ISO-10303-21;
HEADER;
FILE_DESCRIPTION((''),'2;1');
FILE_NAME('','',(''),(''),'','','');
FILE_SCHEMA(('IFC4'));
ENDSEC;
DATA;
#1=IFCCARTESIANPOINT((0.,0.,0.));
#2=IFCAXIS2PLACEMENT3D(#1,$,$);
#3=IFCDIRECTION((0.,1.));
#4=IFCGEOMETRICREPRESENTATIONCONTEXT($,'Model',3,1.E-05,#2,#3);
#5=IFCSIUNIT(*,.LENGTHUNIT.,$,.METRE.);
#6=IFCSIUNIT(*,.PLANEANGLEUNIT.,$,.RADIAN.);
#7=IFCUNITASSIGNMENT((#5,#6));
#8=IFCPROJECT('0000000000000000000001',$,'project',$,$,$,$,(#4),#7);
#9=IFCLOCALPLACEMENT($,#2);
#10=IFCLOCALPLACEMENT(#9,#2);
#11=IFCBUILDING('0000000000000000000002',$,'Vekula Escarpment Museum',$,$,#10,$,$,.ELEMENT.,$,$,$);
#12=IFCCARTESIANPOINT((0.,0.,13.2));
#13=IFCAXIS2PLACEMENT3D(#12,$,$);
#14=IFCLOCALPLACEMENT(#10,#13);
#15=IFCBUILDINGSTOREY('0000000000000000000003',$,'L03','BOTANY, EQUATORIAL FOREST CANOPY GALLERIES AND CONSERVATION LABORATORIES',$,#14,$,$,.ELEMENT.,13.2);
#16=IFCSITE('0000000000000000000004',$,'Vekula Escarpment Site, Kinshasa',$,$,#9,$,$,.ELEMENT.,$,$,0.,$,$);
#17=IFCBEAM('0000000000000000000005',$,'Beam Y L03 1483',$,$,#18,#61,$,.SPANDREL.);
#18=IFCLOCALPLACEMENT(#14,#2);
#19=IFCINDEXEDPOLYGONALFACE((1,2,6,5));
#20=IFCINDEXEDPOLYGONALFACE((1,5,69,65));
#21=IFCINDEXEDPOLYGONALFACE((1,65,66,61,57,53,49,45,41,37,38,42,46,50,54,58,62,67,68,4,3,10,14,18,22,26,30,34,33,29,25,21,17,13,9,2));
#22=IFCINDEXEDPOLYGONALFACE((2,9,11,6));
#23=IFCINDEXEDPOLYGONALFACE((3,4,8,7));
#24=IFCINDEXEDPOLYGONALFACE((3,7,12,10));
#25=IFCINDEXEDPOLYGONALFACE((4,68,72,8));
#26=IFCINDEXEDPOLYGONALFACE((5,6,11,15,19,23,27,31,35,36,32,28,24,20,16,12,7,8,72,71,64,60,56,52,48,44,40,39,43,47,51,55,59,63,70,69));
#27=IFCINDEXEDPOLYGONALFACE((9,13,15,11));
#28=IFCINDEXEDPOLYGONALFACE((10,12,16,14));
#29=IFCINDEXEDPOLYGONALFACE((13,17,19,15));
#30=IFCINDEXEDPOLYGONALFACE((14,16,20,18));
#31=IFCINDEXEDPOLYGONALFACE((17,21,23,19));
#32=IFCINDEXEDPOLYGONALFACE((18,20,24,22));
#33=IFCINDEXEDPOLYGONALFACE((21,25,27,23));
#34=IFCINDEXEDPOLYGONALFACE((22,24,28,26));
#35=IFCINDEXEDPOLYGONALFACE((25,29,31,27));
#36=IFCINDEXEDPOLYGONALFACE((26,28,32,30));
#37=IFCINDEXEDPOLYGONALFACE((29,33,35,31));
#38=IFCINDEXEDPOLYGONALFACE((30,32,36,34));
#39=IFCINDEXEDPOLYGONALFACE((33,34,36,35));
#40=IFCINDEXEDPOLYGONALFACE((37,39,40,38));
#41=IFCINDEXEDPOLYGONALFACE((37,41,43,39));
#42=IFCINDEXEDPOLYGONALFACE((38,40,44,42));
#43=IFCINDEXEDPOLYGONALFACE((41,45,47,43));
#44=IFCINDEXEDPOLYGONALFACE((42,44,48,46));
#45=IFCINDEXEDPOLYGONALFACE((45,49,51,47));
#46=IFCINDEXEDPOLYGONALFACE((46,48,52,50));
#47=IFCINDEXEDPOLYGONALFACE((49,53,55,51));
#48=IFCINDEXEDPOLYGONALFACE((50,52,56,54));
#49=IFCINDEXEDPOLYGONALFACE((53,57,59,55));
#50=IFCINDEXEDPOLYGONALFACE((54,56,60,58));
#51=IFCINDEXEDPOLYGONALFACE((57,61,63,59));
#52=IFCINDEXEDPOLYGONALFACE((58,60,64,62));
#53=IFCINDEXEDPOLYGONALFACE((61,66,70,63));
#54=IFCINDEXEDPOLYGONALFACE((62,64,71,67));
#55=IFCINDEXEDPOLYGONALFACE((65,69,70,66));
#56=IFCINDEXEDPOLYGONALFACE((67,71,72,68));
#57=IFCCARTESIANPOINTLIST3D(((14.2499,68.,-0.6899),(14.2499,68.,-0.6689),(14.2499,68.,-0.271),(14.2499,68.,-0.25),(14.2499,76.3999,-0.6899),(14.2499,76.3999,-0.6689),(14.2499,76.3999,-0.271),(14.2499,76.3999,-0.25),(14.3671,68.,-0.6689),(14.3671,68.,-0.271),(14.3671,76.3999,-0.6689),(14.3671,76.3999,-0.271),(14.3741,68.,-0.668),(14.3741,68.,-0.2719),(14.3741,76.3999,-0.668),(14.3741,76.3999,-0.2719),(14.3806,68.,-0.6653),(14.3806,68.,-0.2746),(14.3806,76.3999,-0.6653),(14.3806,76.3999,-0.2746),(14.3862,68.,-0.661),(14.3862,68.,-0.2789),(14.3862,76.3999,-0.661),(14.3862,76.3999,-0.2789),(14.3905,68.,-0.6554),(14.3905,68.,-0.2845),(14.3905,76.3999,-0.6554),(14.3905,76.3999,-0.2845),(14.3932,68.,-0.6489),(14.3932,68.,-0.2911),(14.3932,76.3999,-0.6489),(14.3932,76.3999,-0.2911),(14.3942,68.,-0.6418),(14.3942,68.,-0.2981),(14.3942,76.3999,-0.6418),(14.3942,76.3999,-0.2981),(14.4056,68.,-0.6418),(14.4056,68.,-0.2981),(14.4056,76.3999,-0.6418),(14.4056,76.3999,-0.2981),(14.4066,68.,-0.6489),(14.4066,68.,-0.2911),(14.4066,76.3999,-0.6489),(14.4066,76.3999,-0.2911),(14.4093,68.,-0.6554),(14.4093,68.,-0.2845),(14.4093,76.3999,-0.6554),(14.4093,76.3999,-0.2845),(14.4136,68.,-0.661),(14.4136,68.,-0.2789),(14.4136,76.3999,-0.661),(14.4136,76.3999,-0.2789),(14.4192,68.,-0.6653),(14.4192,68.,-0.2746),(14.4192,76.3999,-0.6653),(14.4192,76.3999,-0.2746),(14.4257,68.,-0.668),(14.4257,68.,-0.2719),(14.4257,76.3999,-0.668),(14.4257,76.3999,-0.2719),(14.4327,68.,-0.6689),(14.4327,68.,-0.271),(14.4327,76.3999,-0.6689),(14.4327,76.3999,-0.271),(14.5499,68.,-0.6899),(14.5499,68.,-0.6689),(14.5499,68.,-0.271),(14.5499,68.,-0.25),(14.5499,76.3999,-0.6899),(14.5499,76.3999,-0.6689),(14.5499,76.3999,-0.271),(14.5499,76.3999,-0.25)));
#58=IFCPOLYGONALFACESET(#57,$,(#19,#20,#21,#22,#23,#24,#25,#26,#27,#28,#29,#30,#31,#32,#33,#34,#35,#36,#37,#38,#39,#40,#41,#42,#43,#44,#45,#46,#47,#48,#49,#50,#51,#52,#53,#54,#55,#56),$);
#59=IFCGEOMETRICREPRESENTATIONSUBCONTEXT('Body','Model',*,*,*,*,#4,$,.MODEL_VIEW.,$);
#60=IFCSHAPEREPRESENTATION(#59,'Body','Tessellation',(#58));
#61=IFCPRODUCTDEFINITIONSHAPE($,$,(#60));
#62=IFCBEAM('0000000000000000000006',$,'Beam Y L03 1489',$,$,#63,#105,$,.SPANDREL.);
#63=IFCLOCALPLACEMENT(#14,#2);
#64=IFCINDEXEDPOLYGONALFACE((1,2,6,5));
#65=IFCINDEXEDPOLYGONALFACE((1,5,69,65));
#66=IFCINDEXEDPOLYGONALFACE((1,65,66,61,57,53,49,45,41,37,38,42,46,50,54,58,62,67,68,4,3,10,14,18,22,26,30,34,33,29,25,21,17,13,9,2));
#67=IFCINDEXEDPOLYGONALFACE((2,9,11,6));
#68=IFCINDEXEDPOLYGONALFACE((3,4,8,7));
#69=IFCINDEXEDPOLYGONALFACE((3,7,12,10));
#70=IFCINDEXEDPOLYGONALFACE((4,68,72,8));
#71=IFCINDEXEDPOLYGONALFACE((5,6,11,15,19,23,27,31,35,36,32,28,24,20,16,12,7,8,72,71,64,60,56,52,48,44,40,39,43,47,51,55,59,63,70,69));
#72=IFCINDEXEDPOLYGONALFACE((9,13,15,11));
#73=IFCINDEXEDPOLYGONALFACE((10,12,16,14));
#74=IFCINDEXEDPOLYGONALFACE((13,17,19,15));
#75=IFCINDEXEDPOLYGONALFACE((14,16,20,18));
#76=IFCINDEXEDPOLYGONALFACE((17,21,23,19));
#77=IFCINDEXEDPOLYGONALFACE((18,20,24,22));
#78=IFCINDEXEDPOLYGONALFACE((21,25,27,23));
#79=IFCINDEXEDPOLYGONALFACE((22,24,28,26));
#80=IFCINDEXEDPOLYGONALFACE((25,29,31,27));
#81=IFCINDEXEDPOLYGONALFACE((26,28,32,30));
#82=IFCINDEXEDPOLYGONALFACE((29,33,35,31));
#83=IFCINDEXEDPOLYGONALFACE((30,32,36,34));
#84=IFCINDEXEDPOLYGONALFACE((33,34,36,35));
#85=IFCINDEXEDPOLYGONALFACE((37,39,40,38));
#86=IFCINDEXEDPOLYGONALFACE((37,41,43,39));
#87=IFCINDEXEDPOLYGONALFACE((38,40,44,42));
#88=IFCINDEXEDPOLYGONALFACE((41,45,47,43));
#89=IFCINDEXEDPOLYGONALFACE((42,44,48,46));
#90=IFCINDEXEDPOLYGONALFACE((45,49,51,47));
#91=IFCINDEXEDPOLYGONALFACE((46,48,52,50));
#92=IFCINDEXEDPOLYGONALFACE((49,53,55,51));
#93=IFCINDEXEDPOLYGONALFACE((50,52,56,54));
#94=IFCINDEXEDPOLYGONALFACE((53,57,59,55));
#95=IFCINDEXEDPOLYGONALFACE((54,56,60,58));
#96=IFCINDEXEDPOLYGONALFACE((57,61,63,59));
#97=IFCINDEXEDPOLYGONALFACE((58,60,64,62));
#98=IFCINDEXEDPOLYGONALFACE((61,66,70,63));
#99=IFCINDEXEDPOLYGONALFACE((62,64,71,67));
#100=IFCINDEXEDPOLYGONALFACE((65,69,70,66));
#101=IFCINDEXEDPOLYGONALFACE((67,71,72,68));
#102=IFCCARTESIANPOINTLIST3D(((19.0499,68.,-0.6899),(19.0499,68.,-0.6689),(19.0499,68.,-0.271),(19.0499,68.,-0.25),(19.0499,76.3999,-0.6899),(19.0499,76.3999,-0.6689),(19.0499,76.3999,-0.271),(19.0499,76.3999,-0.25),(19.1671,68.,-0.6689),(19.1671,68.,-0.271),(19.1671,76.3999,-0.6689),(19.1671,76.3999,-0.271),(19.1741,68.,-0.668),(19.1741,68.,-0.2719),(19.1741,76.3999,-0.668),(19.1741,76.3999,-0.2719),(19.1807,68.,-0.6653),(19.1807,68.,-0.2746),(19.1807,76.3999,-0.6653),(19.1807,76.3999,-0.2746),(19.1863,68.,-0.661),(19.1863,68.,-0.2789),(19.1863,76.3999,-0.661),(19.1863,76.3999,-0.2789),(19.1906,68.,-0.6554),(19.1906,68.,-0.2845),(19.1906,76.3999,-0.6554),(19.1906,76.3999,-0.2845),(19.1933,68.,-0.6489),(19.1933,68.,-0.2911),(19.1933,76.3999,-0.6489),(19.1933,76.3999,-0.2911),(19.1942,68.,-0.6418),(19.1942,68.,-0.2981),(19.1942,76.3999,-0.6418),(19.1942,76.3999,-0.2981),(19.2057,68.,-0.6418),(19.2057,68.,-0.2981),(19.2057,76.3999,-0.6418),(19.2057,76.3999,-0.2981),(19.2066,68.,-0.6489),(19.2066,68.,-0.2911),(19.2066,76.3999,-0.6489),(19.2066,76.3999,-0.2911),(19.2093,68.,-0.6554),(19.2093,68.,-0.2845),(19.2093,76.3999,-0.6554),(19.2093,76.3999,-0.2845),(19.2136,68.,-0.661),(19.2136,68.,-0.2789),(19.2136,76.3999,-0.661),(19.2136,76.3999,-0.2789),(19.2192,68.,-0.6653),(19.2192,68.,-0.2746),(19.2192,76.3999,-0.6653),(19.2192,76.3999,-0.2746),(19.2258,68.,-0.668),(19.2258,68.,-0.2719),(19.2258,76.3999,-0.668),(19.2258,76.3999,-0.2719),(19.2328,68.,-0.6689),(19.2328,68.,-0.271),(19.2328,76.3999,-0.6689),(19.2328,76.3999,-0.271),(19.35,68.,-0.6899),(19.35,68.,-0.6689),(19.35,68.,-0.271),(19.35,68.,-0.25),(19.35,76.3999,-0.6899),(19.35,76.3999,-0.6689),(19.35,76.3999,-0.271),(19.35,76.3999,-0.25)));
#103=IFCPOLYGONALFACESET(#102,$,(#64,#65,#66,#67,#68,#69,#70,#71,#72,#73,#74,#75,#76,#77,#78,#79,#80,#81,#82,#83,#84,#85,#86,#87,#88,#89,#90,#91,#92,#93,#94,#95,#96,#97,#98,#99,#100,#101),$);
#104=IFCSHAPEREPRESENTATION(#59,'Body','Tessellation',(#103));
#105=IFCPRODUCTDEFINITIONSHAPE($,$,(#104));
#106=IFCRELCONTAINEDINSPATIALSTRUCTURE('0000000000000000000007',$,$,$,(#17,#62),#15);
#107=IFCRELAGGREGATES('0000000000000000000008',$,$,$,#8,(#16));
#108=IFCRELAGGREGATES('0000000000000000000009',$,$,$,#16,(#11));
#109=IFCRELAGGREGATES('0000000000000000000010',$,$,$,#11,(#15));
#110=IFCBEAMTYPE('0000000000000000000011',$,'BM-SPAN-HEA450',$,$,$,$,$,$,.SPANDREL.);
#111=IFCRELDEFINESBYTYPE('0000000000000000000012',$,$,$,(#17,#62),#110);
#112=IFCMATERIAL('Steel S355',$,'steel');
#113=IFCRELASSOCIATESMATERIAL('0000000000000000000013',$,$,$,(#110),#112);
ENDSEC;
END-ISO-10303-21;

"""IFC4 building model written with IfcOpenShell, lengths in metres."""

from ifc_helpers import new_model, si_unit, direction, frame, origin, origin_2d, place, context, subcontext, project, spatial, i_section, extrude, material, material_profile, profile_set, type_object, element, save


model = new_model("IFC4")

# Units and contexts
model_context = context("Model", 3, precision=1e-05, world=origin(), true_north=direction((0.0, 1.0)))
body_context = subcontext(model_context, "Body", "Model", "MODEL_VIEW")
ifc_project = project(units=[si_unit("LENGTHUNIT", "METRE"), si_unit("PLANEANGLEUNIT", "RADIAN")], contexts=[model_context])

# Site, building, storey
site_placement = place(None, origin())
site = spatial("IfcSite", under=ifc_project, at=site_placement, Name="Vekula Escarpment Site, Kinshasa", CompositionType="ELEMENT", RefElevation=0.0)
building_placement = place(site_placement, origin())
building = spatial("IfcBuilding", under=site, at=building_placement, Name="Vekula Escarpment Museum", CompositionType="ELEMENT")
storey_placement = place(building_placement, frame((0.0, 0.0, 13.2)))
storey = spatial("IfcBuildingStorey", under=building, at=storey_placement, Name="L03", Description="BOTANY, EQUATORIAL FOREST CANOPY GALLERIES AND CONSERVATION LABORATORIES", CompositionType="ELEMENT", Elevation=13.2)

# Beams
ifc_material_1 = material(Name="Steel S355", Category="steel")
ifc_material_profile_1 = material_profile(ifc_material_1, i_section(OverallWidth=0.3, OverallDepth=0.4399, WebThickness=0.0115, FlangeThickness=0.021, FilletRadius=0.0271, at=origin_2d()), Name="HEA 450")
ifc_profile_set_1 = profile_set([ifc_material_profile_1], Name="Steel S355")
beam_type_1 = type_object("IfcBeamType", Name="BM-SPAN-HEA450", PredefinedType="SPANDREL", material=ifc_profile_set_1)
for number, where, z_axis, x_axis, name in (
    (1, (14.3999, 68.0, -0.47), (0.0, 1.0, 0.0), (-1.0, 0.0, 0.0), "Beam Y L03 1483"),
    (2, (19.2, 68.0, -0.47), (0.0, 1.0, 0.0), (-1.0, 0.0, 0.0), "Beam Y L03 1489"),
):
    element("IfcBeam", number, at=place(storey_placement, frame(where, z_axis=z_axis, x_axis=x_axis)), inside=storey, type_object=beam_type_1, Name=name, PredefinedType="SPANDREL", context=body_context, shape_type="SweptSolid", body=[
        extrude(i_section(OverallWidth=0.3, OverallDepth=0.4399, WebThickness=0.0115, FlangeThickness=0.021, FilletRadius=0.0271, at=origin_2d()), origin(), (0.0, 0.0, 1.0), 8.3999),
    ])

save(model, "model.ifc")
